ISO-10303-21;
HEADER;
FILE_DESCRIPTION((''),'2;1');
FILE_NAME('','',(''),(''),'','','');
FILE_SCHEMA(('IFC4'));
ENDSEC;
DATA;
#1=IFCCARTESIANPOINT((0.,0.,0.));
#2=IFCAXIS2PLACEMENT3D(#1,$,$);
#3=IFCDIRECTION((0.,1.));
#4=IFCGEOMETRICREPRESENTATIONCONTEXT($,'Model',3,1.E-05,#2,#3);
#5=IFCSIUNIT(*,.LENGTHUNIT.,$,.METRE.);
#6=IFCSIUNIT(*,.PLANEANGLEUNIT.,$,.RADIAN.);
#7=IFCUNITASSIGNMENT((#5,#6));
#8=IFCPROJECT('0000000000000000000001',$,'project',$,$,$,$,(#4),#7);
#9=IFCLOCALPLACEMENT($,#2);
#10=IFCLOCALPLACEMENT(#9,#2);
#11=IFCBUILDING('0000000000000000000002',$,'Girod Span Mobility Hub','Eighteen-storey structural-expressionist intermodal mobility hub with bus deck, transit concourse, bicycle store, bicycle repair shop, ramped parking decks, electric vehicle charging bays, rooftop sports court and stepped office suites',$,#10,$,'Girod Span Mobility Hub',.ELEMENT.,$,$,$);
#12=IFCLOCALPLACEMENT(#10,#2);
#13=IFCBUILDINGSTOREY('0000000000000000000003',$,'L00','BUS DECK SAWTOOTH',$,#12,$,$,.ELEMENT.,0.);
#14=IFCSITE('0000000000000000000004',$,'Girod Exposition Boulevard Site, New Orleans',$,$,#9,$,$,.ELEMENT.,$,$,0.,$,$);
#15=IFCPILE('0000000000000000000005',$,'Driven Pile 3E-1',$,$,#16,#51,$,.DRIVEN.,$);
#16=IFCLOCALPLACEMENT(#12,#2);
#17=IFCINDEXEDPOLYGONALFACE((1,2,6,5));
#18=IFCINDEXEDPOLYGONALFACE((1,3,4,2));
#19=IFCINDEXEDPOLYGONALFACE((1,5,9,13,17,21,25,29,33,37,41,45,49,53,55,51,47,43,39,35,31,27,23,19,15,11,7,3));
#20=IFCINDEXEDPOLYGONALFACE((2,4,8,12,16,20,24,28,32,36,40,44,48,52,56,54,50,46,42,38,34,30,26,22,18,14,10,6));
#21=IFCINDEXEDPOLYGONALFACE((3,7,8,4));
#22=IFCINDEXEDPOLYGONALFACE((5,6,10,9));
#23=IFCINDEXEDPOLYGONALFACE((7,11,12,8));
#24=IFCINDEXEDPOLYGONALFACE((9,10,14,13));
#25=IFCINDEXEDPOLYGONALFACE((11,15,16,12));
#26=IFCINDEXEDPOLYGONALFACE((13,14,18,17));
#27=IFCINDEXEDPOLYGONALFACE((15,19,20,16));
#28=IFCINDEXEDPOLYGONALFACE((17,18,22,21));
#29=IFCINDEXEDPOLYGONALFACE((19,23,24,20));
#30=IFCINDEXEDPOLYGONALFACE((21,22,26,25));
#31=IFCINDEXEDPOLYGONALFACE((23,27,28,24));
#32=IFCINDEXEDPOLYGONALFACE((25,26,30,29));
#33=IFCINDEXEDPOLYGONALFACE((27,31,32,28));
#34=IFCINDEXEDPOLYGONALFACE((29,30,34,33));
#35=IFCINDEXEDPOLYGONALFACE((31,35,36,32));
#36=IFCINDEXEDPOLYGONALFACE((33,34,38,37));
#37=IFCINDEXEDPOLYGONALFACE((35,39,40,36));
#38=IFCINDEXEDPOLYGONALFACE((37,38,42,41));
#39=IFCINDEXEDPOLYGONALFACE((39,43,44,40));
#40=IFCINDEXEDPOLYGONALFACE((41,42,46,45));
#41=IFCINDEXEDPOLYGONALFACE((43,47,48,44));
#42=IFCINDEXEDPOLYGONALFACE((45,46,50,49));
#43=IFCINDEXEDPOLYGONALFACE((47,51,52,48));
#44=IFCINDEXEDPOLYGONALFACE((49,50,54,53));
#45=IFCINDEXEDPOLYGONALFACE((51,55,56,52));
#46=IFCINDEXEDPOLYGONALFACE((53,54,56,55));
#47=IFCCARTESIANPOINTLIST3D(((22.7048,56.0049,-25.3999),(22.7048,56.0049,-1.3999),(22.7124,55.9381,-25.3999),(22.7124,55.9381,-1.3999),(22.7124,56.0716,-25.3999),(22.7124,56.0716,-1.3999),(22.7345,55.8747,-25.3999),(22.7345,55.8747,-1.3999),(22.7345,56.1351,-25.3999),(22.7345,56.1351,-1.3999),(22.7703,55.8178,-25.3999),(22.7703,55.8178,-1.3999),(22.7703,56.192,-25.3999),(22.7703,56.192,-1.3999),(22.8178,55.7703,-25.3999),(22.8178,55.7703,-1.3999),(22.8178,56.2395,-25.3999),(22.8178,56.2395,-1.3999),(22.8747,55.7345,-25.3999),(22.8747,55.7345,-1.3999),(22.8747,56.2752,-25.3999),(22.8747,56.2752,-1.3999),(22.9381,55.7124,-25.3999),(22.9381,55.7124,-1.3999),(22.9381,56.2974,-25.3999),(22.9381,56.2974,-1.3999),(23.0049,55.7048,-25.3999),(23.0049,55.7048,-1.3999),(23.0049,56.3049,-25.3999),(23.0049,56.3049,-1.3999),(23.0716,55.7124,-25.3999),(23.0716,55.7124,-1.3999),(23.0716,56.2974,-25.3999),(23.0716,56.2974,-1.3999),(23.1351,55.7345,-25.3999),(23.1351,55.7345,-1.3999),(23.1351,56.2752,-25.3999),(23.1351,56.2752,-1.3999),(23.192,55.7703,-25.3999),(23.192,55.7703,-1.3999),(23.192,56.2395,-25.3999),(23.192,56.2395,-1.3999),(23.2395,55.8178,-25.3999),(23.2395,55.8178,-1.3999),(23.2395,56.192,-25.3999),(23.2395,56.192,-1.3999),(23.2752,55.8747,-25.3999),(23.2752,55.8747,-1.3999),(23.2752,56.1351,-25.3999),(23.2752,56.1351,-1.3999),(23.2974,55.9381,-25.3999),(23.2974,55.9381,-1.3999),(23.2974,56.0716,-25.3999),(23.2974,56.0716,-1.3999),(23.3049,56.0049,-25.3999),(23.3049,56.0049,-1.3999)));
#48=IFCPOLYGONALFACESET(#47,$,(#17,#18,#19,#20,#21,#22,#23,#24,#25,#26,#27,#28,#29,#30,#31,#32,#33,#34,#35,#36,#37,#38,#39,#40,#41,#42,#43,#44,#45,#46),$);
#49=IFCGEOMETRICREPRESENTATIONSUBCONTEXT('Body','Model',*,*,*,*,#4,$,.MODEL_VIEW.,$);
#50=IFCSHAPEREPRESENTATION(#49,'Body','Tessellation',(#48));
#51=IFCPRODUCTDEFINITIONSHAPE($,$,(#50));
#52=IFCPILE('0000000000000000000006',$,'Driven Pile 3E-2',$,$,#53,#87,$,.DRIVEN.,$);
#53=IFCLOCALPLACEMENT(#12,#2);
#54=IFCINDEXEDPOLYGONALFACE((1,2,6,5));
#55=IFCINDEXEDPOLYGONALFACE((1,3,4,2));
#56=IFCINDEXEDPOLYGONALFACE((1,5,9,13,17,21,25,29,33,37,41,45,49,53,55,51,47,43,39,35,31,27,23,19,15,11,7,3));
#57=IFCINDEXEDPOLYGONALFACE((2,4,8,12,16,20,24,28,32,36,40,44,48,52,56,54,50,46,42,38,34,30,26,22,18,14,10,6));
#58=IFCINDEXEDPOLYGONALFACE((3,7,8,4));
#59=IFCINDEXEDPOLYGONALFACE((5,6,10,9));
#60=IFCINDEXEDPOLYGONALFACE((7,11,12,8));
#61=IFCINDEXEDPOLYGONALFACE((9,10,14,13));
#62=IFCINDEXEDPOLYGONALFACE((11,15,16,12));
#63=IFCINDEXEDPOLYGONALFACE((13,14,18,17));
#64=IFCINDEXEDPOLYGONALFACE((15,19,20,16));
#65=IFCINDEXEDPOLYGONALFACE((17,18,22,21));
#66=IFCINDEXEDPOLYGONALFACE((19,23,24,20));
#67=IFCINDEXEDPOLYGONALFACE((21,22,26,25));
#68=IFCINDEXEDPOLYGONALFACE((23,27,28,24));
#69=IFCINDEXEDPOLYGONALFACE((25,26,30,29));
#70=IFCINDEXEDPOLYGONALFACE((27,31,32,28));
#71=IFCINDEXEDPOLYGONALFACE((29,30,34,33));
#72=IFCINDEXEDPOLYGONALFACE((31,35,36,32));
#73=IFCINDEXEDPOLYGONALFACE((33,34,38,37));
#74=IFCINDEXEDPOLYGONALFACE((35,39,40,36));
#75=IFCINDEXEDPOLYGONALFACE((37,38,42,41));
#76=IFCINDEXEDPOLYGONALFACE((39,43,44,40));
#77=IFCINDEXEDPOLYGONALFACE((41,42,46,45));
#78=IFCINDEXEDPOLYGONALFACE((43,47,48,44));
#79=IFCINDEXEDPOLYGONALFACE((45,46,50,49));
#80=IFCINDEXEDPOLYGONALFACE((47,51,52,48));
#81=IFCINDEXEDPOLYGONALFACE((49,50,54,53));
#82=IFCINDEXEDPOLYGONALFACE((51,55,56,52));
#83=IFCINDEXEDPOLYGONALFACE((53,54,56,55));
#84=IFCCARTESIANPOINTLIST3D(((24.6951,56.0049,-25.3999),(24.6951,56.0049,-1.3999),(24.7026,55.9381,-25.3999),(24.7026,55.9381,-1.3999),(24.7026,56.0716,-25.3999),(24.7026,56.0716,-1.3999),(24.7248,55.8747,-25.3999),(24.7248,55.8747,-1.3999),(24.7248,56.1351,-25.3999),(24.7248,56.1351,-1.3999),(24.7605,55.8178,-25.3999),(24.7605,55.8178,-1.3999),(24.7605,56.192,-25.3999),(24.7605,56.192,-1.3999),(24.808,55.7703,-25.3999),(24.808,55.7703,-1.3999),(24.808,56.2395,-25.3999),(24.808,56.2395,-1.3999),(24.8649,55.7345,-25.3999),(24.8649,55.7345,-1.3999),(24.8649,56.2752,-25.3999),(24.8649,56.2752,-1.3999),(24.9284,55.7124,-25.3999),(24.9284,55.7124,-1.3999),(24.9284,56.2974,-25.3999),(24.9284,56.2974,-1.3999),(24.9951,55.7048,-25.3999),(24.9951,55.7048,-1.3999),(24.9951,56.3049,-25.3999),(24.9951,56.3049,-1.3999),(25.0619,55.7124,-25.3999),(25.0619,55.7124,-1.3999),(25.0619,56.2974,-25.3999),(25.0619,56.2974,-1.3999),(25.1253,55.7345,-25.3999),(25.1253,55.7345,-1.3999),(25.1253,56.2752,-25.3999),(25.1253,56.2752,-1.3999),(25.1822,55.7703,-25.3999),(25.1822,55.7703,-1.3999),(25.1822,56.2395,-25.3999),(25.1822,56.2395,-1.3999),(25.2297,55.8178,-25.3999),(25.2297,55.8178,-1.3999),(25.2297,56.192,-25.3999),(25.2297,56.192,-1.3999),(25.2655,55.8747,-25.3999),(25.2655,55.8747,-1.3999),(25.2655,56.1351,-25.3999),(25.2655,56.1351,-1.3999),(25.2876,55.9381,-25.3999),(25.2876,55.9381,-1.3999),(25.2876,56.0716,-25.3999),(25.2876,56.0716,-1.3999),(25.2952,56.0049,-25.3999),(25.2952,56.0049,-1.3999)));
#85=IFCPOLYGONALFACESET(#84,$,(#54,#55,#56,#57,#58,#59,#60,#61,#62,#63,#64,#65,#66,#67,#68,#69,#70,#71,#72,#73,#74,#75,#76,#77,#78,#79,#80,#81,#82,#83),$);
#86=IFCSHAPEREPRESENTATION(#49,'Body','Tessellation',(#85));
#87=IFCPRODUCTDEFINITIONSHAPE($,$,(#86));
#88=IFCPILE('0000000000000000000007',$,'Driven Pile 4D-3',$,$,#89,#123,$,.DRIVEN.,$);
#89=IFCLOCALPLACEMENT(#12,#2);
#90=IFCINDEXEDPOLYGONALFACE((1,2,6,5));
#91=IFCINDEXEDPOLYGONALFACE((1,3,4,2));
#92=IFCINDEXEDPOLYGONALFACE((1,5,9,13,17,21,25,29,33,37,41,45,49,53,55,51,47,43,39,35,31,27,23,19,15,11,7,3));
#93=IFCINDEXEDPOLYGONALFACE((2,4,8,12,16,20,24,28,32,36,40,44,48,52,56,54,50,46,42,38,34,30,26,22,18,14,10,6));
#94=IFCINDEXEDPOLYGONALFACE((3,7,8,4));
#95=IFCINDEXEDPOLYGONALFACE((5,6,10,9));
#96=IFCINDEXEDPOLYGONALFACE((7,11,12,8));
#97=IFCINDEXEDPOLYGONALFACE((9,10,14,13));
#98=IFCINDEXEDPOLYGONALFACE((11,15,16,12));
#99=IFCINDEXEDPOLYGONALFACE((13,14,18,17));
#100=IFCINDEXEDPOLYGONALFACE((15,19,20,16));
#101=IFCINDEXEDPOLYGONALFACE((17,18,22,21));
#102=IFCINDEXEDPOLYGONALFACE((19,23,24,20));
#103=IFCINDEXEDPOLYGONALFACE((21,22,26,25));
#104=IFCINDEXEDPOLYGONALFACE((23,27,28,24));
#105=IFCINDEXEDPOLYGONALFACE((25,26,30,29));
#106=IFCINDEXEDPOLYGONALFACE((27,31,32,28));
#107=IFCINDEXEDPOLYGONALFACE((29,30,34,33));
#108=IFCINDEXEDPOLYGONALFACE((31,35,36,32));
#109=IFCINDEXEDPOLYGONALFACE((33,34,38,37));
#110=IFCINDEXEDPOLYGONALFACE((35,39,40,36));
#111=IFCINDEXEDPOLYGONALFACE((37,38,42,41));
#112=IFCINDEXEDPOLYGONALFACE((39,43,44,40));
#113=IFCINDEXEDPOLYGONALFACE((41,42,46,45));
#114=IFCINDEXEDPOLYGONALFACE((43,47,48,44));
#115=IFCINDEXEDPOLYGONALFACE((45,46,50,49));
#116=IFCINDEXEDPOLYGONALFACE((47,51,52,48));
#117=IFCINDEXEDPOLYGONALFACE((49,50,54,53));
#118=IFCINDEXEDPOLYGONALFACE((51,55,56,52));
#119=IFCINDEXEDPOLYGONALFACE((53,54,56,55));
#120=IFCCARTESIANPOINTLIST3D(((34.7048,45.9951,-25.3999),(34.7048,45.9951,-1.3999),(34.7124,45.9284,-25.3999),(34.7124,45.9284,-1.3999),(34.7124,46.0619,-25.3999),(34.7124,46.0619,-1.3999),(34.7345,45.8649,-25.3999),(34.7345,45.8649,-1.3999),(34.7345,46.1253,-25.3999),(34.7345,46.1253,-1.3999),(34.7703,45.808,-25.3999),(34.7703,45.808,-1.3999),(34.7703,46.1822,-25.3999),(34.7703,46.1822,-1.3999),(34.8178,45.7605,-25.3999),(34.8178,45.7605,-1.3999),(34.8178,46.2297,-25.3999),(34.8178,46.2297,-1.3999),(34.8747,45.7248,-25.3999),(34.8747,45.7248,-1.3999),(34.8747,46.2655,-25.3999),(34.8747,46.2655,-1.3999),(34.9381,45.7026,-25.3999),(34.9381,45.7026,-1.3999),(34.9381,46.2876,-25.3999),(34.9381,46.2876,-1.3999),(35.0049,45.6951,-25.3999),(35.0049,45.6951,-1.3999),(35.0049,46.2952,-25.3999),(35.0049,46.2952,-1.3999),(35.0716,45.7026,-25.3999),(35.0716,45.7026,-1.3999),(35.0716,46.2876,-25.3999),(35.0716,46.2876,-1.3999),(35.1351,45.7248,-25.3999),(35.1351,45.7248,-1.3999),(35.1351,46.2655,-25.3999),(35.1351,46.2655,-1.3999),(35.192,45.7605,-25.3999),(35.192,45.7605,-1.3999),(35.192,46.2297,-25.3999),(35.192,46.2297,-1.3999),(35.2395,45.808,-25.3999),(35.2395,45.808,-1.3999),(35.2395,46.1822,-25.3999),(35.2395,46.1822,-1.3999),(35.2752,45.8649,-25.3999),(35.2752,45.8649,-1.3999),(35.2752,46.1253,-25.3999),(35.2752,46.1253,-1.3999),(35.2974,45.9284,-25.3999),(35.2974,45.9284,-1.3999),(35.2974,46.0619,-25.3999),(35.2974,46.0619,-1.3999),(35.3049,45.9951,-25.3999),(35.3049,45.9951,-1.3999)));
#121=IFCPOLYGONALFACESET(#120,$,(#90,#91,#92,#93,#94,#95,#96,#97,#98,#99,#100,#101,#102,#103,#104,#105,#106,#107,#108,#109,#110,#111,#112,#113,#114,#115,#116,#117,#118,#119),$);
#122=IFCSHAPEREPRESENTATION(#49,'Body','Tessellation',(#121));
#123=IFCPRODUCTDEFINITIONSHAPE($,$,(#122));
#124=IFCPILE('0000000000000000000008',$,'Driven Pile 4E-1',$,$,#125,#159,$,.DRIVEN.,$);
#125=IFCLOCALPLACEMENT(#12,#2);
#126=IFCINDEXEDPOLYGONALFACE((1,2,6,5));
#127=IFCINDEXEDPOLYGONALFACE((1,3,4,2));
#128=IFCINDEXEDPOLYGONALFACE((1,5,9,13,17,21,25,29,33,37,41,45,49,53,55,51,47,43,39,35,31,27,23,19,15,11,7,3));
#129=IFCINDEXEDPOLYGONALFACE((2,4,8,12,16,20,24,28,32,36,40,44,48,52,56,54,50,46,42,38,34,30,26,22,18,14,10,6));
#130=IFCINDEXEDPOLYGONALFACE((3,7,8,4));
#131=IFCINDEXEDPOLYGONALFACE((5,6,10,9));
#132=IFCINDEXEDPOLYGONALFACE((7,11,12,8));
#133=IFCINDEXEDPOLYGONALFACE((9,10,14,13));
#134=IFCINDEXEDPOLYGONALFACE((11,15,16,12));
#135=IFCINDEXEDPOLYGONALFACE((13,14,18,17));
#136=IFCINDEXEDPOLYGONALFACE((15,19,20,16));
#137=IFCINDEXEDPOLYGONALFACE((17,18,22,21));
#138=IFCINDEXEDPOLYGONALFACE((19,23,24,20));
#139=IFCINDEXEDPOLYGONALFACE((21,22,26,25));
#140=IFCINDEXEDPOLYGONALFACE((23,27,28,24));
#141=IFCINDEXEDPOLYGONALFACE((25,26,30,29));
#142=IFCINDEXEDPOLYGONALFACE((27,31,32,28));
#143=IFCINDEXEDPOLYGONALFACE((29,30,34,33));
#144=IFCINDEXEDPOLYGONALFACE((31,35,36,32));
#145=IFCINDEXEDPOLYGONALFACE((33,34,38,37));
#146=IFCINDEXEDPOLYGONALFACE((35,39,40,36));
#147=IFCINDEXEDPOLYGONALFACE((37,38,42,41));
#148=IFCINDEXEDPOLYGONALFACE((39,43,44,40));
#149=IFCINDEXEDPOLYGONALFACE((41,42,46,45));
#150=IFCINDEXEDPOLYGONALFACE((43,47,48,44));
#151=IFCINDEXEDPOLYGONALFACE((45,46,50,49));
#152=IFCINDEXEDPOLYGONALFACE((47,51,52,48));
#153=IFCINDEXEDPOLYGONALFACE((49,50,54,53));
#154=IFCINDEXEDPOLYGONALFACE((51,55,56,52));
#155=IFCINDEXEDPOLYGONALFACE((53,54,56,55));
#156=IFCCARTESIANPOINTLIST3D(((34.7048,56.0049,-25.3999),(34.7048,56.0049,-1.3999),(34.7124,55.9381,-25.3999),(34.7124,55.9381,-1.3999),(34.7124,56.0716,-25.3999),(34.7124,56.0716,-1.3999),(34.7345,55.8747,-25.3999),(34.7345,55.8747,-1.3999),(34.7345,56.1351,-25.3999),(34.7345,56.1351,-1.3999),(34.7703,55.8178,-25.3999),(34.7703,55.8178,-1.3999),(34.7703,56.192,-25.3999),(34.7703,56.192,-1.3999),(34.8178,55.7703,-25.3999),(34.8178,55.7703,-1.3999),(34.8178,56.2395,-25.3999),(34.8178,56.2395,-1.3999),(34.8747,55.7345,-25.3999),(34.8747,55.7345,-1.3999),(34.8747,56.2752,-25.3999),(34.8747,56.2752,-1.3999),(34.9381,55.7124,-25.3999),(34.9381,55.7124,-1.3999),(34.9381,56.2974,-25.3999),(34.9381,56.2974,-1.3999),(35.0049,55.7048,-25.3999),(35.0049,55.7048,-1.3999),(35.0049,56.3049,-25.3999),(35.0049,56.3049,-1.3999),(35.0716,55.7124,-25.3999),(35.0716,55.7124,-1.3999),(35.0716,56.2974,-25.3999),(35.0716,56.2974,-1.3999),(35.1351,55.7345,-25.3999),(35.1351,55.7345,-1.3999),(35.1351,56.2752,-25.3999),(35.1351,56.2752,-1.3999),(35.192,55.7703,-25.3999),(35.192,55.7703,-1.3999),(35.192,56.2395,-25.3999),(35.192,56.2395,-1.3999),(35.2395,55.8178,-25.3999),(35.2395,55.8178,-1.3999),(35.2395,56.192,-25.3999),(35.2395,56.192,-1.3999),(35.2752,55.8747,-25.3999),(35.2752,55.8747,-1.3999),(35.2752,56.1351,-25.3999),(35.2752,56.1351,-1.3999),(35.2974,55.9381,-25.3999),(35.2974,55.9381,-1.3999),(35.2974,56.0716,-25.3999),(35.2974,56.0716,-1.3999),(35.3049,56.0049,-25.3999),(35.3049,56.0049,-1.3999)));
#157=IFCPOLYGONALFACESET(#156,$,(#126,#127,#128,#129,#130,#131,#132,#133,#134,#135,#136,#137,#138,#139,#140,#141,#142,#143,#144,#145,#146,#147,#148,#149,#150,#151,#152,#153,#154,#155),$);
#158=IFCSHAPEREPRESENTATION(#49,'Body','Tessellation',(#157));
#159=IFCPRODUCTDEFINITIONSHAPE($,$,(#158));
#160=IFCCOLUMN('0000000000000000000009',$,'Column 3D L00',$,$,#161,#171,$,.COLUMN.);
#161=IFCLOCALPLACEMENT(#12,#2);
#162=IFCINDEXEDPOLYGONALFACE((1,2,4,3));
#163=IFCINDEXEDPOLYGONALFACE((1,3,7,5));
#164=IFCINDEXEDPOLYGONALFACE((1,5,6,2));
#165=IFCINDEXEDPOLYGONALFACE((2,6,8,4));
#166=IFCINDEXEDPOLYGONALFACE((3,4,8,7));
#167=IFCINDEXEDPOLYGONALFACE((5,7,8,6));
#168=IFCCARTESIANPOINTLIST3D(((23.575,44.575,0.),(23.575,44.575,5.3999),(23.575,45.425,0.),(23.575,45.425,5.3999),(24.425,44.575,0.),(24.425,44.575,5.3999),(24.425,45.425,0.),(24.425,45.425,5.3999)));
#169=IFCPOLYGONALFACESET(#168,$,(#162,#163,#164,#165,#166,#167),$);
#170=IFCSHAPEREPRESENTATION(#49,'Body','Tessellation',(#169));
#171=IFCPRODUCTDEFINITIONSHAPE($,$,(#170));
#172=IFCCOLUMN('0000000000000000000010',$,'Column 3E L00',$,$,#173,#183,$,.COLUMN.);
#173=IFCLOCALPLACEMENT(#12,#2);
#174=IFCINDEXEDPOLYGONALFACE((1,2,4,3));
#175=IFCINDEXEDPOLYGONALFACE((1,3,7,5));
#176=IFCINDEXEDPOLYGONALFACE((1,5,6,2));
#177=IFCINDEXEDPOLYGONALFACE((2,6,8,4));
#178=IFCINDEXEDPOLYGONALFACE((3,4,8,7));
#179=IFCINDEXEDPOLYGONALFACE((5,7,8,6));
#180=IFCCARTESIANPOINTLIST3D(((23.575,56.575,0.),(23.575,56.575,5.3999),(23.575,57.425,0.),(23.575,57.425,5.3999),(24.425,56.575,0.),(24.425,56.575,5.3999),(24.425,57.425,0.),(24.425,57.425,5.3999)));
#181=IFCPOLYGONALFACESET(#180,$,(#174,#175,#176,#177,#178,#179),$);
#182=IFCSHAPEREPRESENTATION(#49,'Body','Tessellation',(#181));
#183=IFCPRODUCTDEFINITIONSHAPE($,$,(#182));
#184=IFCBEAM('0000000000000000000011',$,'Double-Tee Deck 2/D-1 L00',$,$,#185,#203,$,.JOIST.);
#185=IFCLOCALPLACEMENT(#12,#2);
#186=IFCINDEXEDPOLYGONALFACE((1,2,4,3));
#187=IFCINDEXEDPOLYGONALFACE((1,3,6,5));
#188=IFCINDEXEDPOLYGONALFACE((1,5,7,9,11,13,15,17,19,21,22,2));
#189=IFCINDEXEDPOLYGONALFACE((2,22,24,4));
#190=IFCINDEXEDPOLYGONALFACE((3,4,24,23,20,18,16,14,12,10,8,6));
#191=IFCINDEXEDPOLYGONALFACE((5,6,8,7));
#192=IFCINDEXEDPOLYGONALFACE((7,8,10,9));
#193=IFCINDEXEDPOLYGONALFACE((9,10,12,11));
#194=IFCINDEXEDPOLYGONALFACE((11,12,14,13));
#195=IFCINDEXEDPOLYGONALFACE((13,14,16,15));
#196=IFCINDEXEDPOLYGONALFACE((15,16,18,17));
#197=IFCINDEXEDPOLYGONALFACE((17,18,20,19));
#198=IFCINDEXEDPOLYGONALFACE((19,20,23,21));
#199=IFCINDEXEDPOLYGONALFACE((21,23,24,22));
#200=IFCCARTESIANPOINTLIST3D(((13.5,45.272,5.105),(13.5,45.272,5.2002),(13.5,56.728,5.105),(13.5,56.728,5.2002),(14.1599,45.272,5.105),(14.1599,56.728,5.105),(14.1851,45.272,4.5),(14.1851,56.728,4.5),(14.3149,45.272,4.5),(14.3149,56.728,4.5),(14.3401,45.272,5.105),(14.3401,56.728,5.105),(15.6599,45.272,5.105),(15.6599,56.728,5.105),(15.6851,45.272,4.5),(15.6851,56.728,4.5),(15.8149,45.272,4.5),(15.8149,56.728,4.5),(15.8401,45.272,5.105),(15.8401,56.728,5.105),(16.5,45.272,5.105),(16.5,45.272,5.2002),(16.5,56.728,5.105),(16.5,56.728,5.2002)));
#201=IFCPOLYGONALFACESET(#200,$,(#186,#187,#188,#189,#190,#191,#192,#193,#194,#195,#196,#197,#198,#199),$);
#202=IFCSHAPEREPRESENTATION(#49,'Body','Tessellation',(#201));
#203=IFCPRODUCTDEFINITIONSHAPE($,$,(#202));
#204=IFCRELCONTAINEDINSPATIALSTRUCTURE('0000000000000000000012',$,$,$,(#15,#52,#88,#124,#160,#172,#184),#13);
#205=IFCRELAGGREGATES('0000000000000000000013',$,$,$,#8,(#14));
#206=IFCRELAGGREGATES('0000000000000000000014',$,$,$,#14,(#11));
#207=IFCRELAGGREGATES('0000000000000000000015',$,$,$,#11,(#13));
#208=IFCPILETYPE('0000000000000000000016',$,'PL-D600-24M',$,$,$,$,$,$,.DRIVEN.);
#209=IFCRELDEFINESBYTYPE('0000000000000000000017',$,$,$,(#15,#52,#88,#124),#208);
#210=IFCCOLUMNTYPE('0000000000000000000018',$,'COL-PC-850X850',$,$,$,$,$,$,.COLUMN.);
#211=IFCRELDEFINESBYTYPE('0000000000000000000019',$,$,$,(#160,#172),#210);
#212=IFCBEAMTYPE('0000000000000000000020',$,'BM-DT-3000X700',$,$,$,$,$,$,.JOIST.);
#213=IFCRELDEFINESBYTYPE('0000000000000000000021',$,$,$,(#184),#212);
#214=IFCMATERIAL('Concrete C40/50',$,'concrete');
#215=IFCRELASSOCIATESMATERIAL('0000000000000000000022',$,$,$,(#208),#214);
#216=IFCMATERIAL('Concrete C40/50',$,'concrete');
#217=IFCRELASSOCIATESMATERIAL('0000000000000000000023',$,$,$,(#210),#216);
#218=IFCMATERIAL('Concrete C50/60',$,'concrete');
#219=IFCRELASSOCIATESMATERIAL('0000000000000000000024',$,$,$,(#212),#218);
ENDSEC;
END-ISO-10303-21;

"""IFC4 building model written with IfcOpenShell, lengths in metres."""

from ifc_helpers import new_model, si_unit, direction, frame, origin, origin_2d, place, context, subcontext, project, spatial, polyline, rectangle, circle, outline, extrude, material, material_profile, profile_set, type_object, element, save


model = new_model("IFC4")

# Units and contexts
model_context = context("Model", 3, precision=1e-05, world=origin(), true_north=direction((0.0, 1.0)))
body_context = subcontext(model_context, "Body", "Model", "MODEL_VIEW")
ifc_project = project(units=[si_unit("LENGTHUNIT", "METRE"), si_unit("PLANEANGLEUNIT", "RADIAN")], contexts=[model_context])

# Site, building, storey
site_placement = place(None, origin())
site = spatial("IfcSite", under=ifc_project, at=site_placement, Name="Girod Exposition Boulevard Site, New Orleans", CompositionType="ELEMENT", RefElevation=0.0)
building_placement = place(site_placement, origin())
building = spatial("IfcBuilding", under=site, at=building_placement, Name="Girod Span Mobility Hub", Description="Eighteen-storey structural-expressionist intermodal mobility hub with bus deck, transit concourse, bicycle store, bicycle repair shop, ramped parking decks, electric vehicle charging bays, rooftop sports court and stepped office suites", LongName="Girod Span Mobility Hub", CompositionType="ELEMENT")
storey_placement = place(building_placement, origin())
storey = spatial("IfcBuildingStorey", under=building, at=storey_placement, Name="L00", Description="BUS DECK SAWTOOTH", CompositionType="ELEMENT", Elevation=0.0)

# Piles
ifc_material_1 = material(Name="Concrete C40/50", Category="concrete")
ifc_material_profile_1 = material_profile(ifc_material_1, circle(Radius=0.3, at=origin_2d()), Name="PILE-D600")
ifc_profile_set_1 = profile_set([ifc_material_profile_1], Name="Concrete C40/50")
pile_type = type_object("IfcPileType", Name="PL-D600-24M", PredefinedType="DRIVEN", material=ifc_profile_set_1)
for number, where, z_axis, x_axis, name in (
    (1, (23.0049, 56.0049, -1.3999), (0.0, 0.0, -1.0), (1.0, 0.0, 0.0), "Driven Pile 3E-1"),
    (2, (24.9951, 56.0049, -1.3999), (0.0, 0.0, -1.0), (1.0, 0.0, 0.0), "Driven Pile 3E-2"),
    (3, (35.0049, 45.9951, -1.3999), (0.0, 0.0, -1.0), (1.0, 0.0, 0.0), "Driven Pile 4D-3"),
    (4, (35.0049, 56.0049, -1.3999), (0.0, 0.0, -1.0), (1.0, 0.0, 0.0), "Driven Pile 4E-1"),
):
    element("IfcPile", number, at=place(storey_placement, frame(where, z_axis=z_axis, x_axis=x_axis)), inside=storey, type_object=pile_type, Name=name, PredefinedType="DRIVEN", context=body_context, shape_type="SweptSolid", body=[
        extrude(circle(Radius=0.3, at=origin_2d()), origin(), (0.0, 0.0, 1.0), 24.0),
    ])

# Columns
ifc_material_2 = material(Name="Concrete C40/50", Category="concrete")
ifc_material_profile_2 = material_profile(ifc_material_2, rectangle(XDim=0.8501, YDim=0.8501, at=origin_2d()), Name="PC-COL-850X850")
ifc_profile_set_2 = profile_set([ifc_material_profile_2], Name="Concrete C40/50")
column_type = type_object("IfcColumnType", Name="COL-PC-850X850", PredefinedType="COLUMN", material=ifc_profile_set_2)
for number, where, z_axis, x_axis, name in (
    (5, (24.0, 45.0, 0.0), (0.0, 0.0, 1.0), (1.0, 0.0, 0.0), "Column 3D L00"),
    (6, (24.0, 57.0, 0.0), (0.0, 0.0, 1.0), (1.0, 0.0, 0.0), "Column 3E L00"),
):
    element("IfcColumn", number, at=place(storey_placement, frame(where, z_axis=z_axis, x_axis=x_axis)), inside=storey, type_object=column_type, Name=name, PredefinedType="COLUMN", context=body_context, shape_type="SweptSolid", body=[
        extrude(rectangle(XDim=0.8501, YDim=0.8501, at=origin_2d()), origin(), (0.0, 0.0, 1.0), 5.3999),
    ])

# Beam
ifc_material_3 = material(Name="Concrete C50/60", Category="concrete")
ifc_material_profile_3 = material_profile(ifc_material_3, outline(polyline([(-1.5, 0.3501), (-1.5, 0.2549), (-0.8401, 0.2549), (-0.8149, -0.3501), (-0.6851, -0.3501), (-0.6599, 0.2549), (0.6599, 0.2549), (0.6851, -0.3501), (0.8149, -0.3501), (0.8401, 0.2549), (1.5, 0.2549), (1.5, 0.3501), (-1.5, 0.3501)])), Name="DT-3000X700")
ifc_profile_set_3 = profile_set([ifc_material_profile_3], Name="Concrete C50/60")
beam_type_1 = type_object("IfcBeamType", Name="BM-DT-3000X700", PredefinedType="JOIST", material=ifc_profile_set_3)
for number, where, z_axis, x_axis, name in (
    (7, (15.0, 45.272, 4.8501), (0.0, 1.0, 0.0), (-1.0, 0.0, 0.0), "Double-Tee Deck 2/D-1 L00"),
):
    element("IfcBeam", number, at=place(storey_placement, frame(where, z_axis=z_axis, x_axis=x_axis)), inside=storey, type_object=beam_type_1, Name=name, PredefinedType="JOIST", context=body_context, shape_type="SweptSolid", body=[
        extrude(outline(polyline([(-1.5, 0.3501), (-1.5, 0.2549), (-0.8401, 0.2549), (-0.8149, -0.3501), (-0.6851, -0.3501), (-0.6599, 0.2549), (0.6599, 0.2549), (0.6851, -0.3501), (0.8149, -0.3501), (0.8401, 0.2549), (1.5, 0.2549), (1.5, 0.3501), (-1.5, 0.3501)])), origin(), (0.0, 0.0, 1.0), 11.4561),
    ])

save(model, "model.ifc")
